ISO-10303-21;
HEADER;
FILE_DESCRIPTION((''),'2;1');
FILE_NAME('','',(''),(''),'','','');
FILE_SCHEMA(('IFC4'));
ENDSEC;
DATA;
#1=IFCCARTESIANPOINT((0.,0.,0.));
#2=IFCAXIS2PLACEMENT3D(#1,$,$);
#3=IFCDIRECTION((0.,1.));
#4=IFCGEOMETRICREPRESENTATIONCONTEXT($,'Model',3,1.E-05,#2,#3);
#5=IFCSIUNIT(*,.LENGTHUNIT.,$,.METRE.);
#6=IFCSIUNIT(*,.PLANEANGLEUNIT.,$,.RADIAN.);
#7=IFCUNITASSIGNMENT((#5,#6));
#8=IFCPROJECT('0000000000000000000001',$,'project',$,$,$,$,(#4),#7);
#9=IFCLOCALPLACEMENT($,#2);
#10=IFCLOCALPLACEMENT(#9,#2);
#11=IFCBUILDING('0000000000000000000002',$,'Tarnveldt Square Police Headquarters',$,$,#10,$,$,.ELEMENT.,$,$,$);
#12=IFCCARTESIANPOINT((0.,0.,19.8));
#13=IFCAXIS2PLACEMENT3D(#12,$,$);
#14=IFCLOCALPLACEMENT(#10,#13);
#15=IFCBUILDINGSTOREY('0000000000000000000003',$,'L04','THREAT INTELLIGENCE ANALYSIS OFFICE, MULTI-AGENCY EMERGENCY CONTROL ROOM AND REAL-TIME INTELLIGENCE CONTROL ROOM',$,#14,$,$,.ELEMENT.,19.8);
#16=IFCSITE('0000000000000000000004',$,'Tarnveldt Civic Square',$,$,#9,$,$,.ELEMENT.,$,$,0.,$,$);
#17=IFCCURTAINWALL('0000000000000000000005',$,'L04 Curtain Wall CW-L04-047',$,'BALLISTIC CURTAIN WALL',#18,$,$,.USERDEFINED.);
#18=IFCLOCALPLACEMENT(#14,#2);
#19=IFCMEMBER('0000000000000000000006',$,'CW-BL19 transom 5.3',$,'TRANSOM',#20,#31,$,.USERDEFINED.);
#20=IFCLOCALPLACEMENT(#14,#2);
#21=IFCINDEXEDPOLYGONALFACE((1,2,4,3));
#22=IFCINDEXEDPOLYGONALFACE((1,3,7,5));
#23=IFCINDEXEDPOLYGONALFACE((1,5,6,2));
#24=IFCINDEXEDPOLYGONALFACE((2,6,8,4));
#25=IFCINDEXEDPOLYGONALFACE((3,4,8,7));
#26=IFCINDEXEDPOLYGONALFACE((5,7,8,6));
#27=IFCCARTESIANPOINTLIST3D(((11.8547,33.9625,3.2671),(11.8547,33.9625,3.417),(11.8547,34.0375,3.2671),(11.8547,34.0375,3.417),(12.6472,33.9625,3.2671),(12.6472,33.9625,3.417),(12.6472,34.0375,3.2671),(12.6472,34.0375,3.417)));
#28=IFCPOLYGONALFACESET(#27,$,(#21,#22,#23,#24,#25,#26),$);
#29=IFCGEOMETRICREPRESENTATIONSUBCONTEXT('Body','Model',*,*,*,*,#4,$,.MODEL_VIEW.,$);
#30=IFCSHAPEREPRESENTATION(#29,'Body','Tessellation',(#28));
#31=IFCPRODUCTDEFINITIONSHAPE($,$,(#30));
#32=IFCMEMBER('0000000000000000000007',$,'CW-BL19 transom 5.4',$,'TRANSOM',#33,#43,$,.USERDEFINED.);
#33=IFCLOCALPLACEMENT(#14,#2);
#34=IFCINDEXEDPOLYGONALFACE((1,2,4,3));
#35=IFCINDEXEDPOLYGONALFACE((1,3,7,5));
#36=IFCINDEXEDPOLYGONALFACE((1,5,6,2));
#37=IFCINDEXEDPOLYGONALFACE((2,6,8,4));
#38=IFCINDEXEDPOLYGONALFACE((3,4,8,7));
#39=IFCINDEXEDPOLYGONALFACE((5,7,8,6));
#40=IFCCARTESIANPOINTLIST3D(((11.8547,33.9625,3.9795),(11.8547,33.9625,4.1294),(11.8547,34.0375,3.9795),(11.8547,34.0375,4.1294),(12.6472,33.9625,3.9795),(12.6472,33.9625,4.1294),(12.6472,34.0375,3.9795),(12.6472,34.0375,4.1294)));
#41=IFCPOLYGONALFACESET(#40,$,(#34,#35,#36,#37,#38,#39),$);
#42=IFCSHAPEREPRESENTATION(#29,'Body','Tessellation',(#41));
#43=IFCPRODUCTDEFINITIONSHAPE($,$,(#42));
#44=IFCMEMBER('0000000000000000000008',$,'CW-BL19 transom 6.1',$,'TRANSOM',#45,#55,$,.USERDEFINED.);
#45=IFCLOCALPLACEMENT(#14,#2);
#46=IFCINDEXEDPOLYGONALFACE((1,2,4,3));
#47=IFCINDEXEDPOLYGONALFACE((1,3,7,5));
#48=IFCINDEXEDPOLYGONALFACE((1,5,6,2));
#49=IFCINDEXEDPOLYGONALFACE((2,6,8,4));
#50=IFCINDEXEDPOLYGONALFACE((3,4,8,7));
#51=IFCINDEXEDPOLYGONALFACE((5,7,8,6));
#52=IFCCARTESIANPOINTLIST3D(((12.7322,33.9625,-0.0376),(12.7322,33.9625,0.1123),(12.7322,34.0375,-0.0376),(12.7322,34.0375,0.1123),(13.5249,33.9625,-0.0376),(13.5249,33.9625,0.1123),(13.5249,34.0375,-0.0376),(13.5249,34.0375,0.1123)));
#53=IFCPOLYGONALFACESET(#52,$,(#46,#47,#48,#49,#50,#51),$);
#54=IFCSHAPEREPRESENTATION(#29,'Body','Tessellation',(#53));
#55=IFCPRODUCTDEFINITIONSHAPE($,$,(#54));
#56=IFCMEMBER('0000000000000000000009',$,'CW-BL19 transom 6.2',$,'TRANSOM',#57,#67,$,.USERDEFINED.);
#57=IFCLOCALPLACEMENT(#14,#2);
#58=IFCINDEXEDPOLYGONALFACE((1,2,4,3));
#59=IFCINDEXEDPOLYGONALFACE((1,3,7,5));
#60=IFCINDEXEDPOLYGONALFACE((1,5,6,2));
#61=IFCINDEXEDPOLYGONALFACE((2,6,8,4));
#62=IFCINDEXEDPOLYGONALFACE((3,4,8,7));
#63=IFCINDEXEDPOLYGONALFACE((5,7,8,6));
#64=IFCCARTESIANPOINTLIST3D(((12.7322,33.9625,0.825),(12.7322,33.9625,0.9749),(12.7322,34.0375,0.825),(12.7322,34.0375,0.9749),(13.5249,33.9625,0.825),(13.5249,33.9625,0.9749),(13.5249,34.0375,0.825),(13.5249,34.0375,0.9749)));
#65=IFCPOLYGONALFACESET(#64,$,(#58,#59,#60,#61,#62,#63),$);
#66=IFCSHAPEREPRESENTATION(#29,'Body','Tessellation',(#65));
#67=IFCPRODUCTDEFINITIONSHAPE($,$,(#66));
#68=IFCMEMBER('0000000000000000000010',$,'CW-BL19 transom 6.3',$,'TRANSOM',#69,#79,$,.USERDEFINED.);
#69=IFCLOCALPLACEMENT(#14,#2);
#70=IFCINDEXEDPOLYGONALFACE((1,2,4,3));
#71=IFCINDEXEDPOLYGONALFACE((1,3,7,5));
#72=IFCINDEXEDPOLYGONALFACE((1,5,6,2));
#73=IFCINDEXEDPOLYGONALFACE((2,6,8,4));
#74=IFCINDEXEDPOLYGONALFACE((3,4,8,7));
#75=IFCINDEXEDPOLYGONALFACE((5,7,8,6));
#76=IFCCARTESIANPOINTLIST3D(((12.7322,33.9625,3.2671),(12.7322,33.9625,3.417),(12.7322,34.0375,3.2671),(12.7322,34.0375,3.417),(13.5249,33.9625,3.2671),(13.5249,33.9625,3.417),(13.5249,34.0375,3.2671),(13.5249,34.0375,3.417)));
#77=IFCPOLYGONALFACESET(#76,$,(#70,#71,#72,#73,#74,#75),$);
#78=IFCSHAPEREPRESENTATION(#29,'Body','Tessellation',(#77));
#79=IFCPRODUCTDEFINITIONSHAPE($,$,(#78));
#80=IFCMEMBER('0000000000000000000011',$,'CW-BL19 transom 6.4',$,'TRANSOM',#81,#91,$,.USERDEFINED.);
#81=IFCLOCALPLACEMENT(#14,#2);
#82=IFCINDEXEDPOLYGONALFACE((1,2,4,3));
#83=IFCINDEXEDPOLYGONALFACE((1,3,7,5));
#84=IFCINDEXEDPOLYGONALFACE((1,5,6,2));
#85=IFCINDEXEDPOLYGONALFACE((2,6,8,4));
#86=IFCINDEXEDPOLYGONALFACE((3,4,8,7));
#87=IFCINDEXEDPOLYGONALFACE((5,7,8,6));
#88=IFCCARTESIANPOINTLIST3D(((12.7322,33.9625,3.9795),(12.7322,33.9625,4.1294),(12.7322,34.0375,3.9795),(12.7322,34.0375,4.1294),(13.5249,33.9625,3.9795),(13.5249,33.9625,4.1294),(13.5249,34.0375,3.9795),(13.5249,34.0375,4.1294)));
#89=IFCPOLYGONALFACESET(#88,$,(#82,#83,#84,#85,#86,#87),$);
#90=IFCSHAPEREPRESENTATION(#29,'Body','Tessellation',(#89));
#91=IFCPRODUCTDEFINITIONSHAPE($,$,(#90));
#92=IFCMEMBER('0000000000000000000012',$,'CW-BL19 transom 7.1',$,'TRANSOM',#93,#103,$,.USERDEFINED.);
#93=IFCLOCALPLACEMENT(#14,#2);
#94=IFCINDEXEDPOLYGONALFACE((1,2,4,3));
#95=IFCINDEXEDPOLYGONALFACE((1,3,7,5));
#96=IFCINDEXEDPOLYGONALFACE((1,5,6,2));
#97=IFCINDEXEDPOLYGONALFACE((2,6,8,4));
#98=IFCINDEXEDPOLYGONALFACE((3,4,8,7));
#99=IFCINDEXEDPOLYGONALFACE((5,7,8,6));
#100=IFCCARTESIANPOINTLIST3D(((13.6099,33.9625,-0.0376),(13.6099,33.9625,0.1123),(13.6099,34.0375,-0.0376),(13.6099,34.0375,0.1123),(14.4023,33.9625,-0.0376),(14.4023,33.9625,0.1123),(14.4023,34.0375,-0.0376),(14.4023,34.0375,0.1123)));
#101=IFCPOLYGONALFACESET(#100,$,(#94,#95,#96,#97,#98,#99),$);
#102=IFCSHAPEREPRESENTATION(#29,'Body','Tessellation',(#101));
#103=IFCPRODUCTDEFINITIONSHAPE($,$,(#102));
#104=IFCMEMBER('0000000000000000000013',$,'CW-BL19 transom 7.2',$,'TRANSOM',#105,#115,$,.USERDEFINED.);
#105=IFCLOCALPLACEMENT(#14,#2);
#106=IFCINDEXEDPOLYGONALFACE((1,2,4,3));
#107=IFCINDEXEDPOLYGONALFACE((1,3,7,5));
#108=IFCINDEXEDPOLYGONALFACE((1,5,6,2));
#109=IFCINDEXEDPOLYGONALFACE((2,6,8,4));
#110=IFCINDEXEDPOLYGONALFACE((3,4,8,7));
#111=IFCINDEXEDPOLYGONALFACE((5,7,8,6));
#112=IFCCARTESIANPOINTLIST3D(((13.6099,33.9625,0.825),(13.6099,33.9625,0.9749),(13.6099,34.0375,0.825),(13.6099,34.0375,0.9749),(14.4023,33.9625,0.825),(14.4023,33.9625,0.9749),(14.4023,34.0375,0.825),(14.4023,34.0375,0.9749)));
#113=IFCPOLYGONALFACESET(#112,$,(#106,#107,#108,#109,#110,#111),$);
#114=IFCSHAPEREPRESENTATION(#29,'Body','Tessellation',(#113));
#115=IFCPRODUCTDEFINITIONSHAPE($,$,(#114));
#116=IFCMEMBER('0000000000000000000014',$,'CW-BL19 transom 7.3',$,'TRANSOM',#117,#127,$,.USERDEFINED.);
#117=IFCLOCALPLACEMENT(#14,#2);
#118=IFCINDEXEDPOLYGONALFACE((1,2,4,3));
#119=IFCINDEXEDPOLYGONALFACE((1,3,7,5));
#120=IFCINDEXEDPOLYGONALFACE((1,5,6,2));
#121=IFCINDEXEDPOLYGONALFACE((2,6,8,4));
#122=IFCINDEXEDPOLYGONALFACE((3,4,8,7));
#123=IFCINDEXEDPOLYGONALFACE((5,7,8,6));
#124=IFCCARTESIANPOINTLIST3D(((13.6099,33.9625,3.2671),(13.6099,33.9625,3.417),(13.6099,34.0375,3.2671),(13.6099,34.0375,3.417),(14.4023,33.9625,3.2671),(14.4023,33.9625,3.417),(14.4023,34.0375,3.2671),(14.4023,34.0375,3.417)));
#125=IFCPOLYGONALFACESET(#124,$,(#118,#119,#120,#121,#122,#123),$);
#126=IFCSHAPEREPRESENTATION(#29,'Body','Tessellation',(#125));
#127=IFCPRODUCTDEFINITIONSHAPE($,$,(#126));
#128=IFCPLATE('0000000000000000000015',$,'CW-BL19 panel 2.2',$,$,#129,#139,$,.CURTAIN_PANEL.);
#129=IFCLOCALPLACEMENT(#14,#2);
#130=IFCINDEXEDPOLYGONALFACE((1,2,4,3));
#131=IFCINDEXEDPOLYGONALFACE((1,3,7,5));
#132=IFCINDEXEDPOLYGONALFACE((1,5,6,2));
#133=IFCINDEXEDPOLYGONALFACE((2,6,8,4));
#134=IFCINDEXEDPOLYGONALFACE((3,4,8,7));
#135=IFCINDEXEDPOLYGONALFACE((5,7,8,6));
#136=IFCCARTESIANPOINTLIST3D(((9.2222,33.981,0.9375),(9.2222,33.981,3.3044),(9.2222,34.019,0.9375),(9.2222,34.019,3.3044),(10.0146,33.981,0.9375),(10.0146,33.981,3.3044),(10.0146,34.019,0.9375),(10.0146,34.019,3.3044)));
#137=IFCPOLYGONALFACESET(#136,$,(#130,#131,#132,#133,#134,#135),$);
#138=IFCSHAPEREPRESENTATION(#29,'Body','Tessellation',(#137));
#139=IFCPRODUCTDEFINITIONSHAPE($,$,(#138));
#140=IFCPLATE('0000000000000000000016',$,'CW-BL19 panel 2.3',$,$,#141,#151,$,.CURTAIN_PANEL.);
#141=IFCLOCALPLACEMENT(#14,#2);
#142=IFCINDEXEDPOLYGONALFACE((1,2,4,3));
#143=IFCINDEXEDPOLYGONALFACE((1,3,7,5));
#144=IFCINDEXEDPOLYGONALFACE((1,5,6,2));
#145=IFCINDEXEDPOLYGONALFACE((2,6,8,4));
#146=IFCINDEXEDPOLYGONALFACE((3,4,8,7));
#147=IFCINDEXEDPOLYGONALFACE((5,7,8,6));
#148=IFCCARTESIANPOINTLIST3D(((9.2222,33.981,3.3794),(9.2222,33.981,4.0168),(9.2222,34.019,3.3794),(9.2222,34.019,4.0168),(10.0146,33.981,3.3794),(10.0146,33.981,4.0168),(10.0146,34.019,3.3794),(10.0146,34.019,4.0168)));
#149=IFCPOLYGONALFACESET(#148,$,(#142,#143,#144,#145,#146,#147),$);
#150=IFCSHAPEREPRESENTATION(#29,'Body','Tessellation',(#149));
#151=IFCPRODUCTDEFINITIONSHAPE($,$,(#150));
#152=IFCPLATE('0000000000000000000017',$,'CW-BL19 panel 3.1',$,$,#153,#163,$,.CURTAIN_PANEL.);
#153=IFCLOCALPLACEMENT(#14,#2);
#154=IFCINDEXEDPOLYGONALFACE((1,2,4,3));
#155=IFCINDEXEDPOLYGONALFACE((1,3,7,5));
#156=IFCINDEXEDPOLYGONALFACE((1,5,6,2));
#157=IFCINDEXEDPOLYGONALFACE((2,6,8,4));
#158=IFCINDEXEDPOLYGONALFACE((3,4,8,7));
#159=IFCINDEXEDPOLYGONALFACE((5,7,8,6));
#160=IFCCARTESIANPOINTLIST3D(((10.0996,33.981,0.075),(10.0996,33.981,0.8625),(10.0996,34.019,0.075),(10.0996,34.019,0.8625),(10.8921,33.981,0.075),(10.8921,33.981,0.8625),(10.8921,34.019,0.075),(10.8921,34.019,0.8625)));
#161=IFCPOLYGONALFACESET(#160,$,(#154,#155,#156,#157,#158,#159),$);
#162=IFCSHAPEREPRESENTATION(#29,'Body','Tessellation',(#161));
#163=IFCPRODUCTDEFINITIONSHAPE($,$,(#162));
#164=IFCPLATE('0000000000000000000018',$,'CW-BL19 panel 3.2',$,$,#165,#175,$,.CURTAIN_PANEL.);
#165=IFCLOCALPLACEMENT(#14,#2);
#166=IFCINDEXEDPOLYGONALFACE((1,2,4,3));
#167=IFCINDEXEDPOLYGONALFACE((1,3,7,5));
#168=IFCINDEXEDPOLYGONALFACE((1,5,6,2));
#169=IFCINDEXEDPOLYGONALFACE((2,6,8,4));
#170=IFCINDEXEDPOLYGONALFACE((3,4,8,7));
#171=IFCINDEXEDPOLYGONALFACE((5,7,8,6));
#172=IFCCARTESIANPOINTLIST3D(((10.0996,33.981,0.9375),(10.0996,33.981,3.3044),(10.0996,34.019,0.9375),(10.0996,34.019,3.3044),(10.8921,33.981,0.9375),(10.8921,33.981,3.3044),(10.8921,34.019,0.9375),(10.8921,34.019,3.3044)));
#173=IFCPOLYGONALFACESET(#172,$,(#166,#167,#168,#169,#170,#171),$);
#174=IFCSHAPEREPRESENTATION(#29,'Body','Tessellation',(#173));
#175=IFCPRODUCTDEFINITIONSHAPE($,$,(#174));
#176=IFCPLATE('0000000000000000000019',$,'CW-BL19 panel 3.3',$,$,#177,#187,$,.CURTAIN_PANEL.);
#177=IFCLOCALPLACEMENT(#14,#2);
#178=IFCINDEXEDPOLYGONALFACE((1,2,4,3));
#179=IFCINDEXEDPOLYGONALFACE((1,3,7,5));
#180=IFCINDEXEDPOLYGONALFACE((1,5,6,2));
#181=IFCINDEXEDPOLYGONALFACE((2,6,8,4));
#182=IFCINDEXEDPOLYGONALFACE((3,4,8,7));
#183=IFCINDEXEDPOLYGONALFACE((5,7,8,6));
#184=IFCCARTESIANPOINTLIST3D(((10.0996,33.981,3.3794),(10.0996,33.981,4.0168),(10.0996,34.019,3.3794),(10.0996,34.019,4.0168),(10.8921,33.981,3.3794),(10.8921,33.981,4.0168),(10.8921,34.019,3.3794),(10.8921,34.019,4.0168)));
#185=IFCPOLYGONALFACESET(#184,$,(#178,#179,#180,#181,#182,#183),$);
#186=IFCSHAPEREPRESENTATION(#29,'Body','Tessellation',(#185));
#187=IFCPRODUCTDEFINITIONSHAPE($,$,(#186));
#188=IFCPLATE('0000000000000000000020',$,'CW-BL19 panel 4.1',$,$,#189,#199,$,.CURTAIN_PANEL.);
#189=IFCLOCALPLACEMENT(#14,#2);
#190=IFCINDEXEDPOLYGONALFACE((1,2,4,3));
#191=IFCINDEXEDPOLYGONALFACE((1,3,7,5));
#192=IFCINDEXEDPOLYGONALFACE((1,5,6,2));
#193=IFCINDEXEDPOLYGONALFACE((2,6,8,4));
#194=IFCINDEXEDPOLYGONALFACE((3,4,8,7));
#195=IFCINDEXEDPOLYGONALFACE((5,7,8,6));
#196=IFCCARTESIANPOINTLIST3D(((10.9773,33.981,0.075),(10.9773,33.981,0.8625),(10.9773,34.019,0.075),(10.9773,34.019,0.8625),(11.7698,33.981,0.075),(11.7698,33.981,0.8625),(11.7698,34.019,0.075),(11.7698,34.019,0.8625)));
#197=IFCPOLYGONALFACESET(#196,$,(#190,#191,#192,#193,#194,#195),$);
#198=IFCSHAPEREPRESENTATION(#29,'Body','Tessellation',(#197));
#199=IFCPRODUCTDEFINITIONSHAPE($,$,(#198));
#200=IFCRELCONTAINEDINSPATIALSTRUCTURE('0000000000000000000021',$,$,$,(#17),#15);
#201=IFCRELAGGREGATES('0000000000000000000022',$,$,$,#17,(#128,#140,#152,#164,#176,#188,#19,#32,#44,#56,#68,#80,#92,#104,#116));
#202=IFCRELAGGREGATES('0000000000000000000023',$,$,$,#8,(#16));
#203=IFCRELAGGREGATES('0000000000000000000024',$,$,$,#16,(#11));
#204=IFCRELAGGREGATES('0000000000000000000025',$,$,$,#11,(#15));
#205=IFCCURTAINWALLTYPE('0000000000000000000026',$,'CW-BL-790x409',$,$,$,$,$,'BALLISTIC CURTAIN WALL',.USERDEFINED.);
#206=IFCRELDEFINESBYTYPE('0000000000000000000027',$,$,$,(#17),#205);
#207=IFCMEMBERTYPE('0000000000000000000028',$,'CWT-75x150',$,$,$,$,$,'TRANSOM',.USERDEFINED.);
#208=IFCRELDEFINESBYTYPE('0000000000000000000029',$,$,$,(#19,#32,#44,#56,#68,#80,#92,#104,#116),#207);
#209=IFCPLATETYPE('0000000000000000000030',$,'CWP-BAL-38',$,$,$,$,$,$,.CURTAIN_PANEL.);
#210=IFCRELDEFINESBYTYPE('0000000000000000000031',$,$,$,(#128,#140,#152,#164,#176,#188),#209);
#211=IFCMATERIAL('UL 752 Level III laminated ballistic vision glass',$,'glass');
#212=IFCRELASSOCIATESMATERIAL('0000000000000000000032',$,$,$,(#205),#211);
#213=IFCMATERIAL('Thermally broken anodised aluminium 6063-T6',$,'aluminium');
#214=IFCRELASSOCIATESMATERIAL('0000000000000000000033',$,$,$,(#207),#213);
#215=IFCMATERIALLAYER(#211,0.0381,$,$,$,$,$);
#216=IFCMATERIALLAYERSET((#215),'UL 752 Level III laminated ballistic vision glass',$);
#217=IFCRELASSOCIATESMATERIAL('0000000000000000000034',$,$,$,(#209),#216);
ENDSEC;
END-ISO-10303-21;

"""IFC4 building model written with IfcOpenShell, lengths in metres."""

from ifc_helpers import new_model, si_unit, direction, frame, origin, origin_2d, place, context, subcontext, project, spatial, rectangle, extrude, material, layer, layer_set, material_profile, profile_set, type_object, element, aggregate, save


model = new_model("IFC4")

# Units and contexts
model_context = context("Model", 3, precision=1e-05, world=origin(), true_north=direction((0.0, 1.0)))
body_context = subcontext(model_context, "Body", "Model", "MODEL_VIEW")
ifc_project = project(units=[si_unit("LENGTHUNIT", "METRE"), si_unit("PLANEANGLEUNIT", "RADIAN")], contexts=[model_context])

# Site, building, storey
site_placement = place(None, origin())
site = spatial("IfcSite", under=ifc_project, at=site_placement, Name="Tarnveldt Civic Square", CompositionType="ELEMENT", RefElevation=0.0)
building_placement = place(site_placement, origin())
building = spatial("IfcBuilding", under=site, at=building_placement, Name="Tarnveldt Square Police Headquarters", CompositionType="ELEMENT")
storey_placement = place(building_placement, frame((0.0, 0.0, 19.8)))
storey = spatial("IfcBuildingStorey", under=building, at=storey_placement, Name="L04", Description="THREAT INTELLIGENCE ANALYSIS OFFICE, MULTI-AGENCY EMERGENCY CONTROL ROOM AND REAL-TIME INTELLIGENCE CONTROL ROOM", CompositionType="ELEMENT", Elevation=19.8)

# Curtain wall, members, plates
ifc_material_1 = material(Name="UL 752 Level III laminated ballistic vision glass", Category="glass")
curtain_wall_type = type_object("IfcCurtainWallType", Name="CW-BL-790x409", ElementType="BALLISTIC CURTAIN WALL", PredefinedType="USERDEFINED", material=ifc_material_1)
curtain_wall_placement = place(storey_placement, origin())
curtain_wall = element("IfcCurtainWall", 1, at=curtain_wall_placement, inside=storey, type_object=curtain_wall_type, Name="L04 Curtain Wall CW-L04-047", ObjectType="BALLISTIC CURTAIN WALL", PredefinedType="USERDEFINED")
ifc_material_2 = material(Name="Thermally broken anodised aluminium 6063-T6", Category="aluminium")
ifc_material_profile_1 = material_profile(ifc_material_2, rectangle(XDim=0.075, YDim=0.1499, at=origin_2d()), Name="CW-T75x150")
ifc_profile_set_1 = profile_set([ifc_material_profile_1], Name="Thermally broken anodised aluminium 6063-T6")
member_type_1 = type_object("IfcMemberType", Name="CWT-75x150", ElementType="TRANSOM", PredefinedType="USERDEFINED", material=ifc_profile_set_1)
member_1_placement = place(storey_placement, frame((11.8547, 34.0, 3.342), z_axis=(1.0, 0.0, 0.0), x_axis=(0.0, 1.0, 0.0)))
member_1 = element("IfcMember", 2, at=member_1_placement, type_object=member_type_1, Name="CW-BL19 transom 5.3", ObjectType="TRANSOM", PredefinedType="USERDEFINED", context=body_context, shape_type="SweptSolid", body=[
    extrude(rectangle(XDim=0.075, YDim=0.1499, at=origin_2d()), origin(), (0.0, 0.0, 1.0), 0.7925),
])
member_2_placement = place(storey_placement, frame((11.8547, 34.0, 4.0544), z_axis=(1.0, 0.0, 0.0), x_axis=(0.0, 1.0, 0.0)))
member_2 = element("IfcMember", 3, at=member_2_placement, type_object=member_type_1, Name="CW-BL19 transom 5.4", ObjectType="TRANSOM", PredefinedType="USERDEFINED", context=body_context, shape_type="SweptSolid", body=[
    extrude(rectangle(XDim=0.075, YDim=0.1499, at=origin_2d()), origin(), (0.0, 0.0, 1.0), 0.7925),
])
member_3_placement = place(storey_placement, frame((12.7322, 34.0, 0.0374), z_axis=(1.0, 0.0, 0.0), x_axis=(0.0, 1.0, 0.0)))
member_3 = element("IfcMember", 4, at=member_3_placement, type_object=member_type_1, Name="CW-BL19 transom 6.1", ObjectType="TRANSOM", PredefinedType="USERDEFINED", context=body_context, shape_type="SweptSolid", body=[
    extrude(rectangle(XDim=0.075, YDim=0.1499, at=origin_2d()), origin(), (0.0, 0.0, 1.0), 0.7927),
])
member_4_placement = place(storey_placement, frame((12.7322, 34.0, 0.8999), z_axis=(1.0, 0.0, 0.0), x_axis=(0.0, 1.0, 0.0)))
member_4 = element("IfcMember", 5, at=member_4_placement, type_object=member_type_1, Name="CW-BL19 transom 6.2", ObjectType="TRANSOM", PredefinedType="USERDEFINED", context=body_context, shape_type="SweptSolid", body=[
    extrude(rectangle(XDim=0.075, YDim=0.1499, at=origin_2d()), origin(), (0.0, 0.0, 1.0), 0.7927),
])
member_5_placement = place(storey_placement, frame((12.7322, 34.0, 3.342), z_axis=(1.0, 0.0, 0.0), x_axis=(0.0, 1.0, 0.0)))
member_5 = element("IfcMember", 6, at=member_5_placement, type_object=member_type_1, Name="CW-BL19 transom 6.3", ObjectType="TRANSOM", PredefinedType="USERDEFINED", context=body_context, shape_type="SweptSolid", body=[
    extrude(rectangle(XDim=0.075, YDim=0.1499, at=origin_2d()), origin(), (0.0, 0.0, 1.0), 0.7927),
])
member_6_placement = place(storey_placement, frame((12.7322, 34.0, 4.0544), z_axis=(1.0, 0.0, 0.0), x_axis=(0.0, 1.0, 0.0)))
member_6 = element("IfcMember", 7, at=member_6_placement, type_object=member_type_1, Name="CW-BL19 transom 6.4", ObjectType="TRANSOM", PredefinedType="USERDEFINED", context=body_context, shape_type="SweptSolid", body=[
    extrude(rectangle(XDim=0.075, YDim=0.1499, at=origin_2d()), origin(), (0.0, 0.0, 1.0), 0.7927),
])
member_7_placement = place(storey_placement, frame((13.6099, 34.0, 0.0374), z_axis=(1.0, 0.0, 0.0), x_axis=(0.0, 1.0, 0.0)))
member_7 = element("IfcMember", 8, at=member_7_placement, type_object=member_type_1, Name="CW-BL19 transom 7.1", ObjectType="TRANSOM", PredefinedType="USERDEFINED", context=body_context, shape_type="SweptSolid", body=[
    extrude(rectangle(XDim=0.075, YDim=0.1499, at=origin_2d()), origin(), (0.0, 0.0, 1.0), 0.7925),
])
member_8_placement = place(storey_placement, frame((13.6099, 34.0, 0.8999), z_axis=(1.0, 0.0, 0.0), x_axis=(0.0, 1.0, 0.0)))
member_8 = element("IfcMember", 9, at=member_8_placement, type_object=member_type_1, Name="CW-BL19 transom 7.2", ObjectType="TRANSOM", PredefinedType="USERDEFINED", context=body_context, shape_type="SweptSolid", body=[
    extrude(rectangle(XDim=0.075, YDim=0.1499, at=origin_2d()), origin(), (0.0, 0.0, 1.0), 0.7925),
])
member_9_placement = place(storey_placement, frame((13.6099, 34.0, 3.342), z_axis=(1.0, 0.0, 0.0), x_axis=(0.0, 1.0, 0.0)))
member_9 = element("IfcMember", 10, at=member_9_placement, type_object=member_type_1, Name="CW-BL19 transom 7.3", ObjectType="TRANSOM", PredefinedType="USERDEFINED", context=body_context, shape_type="SweptSolid", body=[
    extrude(rectangle(XDim=0.075, YDim=0.1499, at=origin_2d()), origin(), (0.0, 0.0, 1.0), 0.7925),
])
ifc_layer = layer(ifc_material_1, 0.0381)
ifc_layer_set = layer_set([ifc_layer], Name="UL 752 Level III laminated ballistic vision glass")
plate_type = type_object("IfcPlateType", Name="CWP-BAL-38", PredefinedType="CURTAIN_PANEL", material=ifc_layer_set)
plate_1_placement = place(storey_placement, frame((9.6184, 34.0, 0.9375), z_axis=(0.0, 0.0, 1.0), x_axis=(1.0, 0.0, 0.0)))
plate_1 = element("IfcPlate", 11, at=plate_1_placement, type_object=plate_type, Name="CW-BL19 panel 2.2", PredefinedType="CURTAIN_PANEL", context=body_context, shape_type="SweptSolid", body=[
    extrude(rectangle(XDim=0.7925, YDim=0.0381, at=origin_2d()), origin(), (0.0, 0.0, 1.0), 2.3669),
])
plate_2_placement = place(storey_placement, frame((9.6184, 34.0, 3.3794), z_axis=(0.0, 0.0, 1.0), x_axis=(1.0, 0.0, 0.0)))
plate_2 = element("IfcPlate", 12, at=plate_2_placement, type_object=plate_type, Name="CW-BL19 panel 2.3", PredefinedType="CURTAIN_PANEL", context=body_context, shape_type="SweptSolid", body=[
    extrude(rectangle(XDim=0.7925, YDim=0.0381, at=origin_2d()), origin(), (0.0, 0.0, 1.0), 0.6375),
])
plate_3_placement = place(storey_placement, frame((10.4958, 34.0, 0.075), z_axis=(0.0, 0.0, 1.0), x_axis=(1.0, 0.0, 0.0)))
plate_3 = element("IfcPlate", 13, at=plate_3_placement, type_object=plate_type, Name="CW-BL19 panel 3.1", PredefinedType="CURTAIN_PANEL", context=body_context, shape_type="SweptSolid", body=[
    extrude(rectangle(XDim=0.7925, YDim=0.0381, at=origin_2d()), origin(), (0.0, 0.0, 1.0), 0.7876),
])
plate_4_placement = place(storey_placement, frame((10.4958, 34.0, 0.9375), z_axis=(0.0, 0.0, 1.0), x_axis=(1.0, 0.0, 0.0)))
plate_4 = element("IfcPlate", 14, at=plate_4_placement, type_object=plate_type, Name="CW-BL19 panel 3.2", PredefinedType="CURTAIN_PANEL", context=body_context, shape_type="SweptSolid", body=[
    extrude(rectangle(XDim=0.7925, YDim=0.0381, at=origin_2d()), origin(), (0.0, 0.0, 1.0), 2.3669),
])
plate_5_placement = place(storey_placement, frame((10.4958, 34.0, 3.3794), z_axis=(0.0, 0.0, 1.0), x_axis=(1.0, 0.0, 0.0)))
plate_5 = element("IfcPlate", 15, at=plate_5_placement, type_object=plate_type, Name="CW-BL19 panel 3.3", PredefinedType="CURTAIN_PANEL", context=body_context, shape_type="SweptSolid", body=[
    extrude(rectangle(XDim=0.7925, YDim=0.0381, at=origin_2d()), origin(), (0.0, 0.0, 1.0), 0.6375),
])
plate_6_placement = place(storey_placement, frame((11.3735, 34.0, 0.075), z_axis=(0.0, 0.0, 1.0), x_axis=(1.0, 0.0, 0.0)))
plate_6 = element("IfcPlate", 16, at=plate_6_placement, type_object=plate_type, Name="CW-BL19 panel 4.1", PredefinedType="CURTAIN_PANEL", context=body_context, shape_type="SweptSolid", body=[
    extrude(rectangle(XDim=0.7925, YDim=0.0381, at=origin_2d()), origin(), (0.0, 0.0, 1.0), 0.7876),
])
aggregate(curtain_wall, [plate_1, plate_2, plate_3, plate_4, plate_5, plate_6, member_1, member_2, member_3, member_4, member_5, member_6, member_7, member_8, member_9])

save(model, "model.ifc")
